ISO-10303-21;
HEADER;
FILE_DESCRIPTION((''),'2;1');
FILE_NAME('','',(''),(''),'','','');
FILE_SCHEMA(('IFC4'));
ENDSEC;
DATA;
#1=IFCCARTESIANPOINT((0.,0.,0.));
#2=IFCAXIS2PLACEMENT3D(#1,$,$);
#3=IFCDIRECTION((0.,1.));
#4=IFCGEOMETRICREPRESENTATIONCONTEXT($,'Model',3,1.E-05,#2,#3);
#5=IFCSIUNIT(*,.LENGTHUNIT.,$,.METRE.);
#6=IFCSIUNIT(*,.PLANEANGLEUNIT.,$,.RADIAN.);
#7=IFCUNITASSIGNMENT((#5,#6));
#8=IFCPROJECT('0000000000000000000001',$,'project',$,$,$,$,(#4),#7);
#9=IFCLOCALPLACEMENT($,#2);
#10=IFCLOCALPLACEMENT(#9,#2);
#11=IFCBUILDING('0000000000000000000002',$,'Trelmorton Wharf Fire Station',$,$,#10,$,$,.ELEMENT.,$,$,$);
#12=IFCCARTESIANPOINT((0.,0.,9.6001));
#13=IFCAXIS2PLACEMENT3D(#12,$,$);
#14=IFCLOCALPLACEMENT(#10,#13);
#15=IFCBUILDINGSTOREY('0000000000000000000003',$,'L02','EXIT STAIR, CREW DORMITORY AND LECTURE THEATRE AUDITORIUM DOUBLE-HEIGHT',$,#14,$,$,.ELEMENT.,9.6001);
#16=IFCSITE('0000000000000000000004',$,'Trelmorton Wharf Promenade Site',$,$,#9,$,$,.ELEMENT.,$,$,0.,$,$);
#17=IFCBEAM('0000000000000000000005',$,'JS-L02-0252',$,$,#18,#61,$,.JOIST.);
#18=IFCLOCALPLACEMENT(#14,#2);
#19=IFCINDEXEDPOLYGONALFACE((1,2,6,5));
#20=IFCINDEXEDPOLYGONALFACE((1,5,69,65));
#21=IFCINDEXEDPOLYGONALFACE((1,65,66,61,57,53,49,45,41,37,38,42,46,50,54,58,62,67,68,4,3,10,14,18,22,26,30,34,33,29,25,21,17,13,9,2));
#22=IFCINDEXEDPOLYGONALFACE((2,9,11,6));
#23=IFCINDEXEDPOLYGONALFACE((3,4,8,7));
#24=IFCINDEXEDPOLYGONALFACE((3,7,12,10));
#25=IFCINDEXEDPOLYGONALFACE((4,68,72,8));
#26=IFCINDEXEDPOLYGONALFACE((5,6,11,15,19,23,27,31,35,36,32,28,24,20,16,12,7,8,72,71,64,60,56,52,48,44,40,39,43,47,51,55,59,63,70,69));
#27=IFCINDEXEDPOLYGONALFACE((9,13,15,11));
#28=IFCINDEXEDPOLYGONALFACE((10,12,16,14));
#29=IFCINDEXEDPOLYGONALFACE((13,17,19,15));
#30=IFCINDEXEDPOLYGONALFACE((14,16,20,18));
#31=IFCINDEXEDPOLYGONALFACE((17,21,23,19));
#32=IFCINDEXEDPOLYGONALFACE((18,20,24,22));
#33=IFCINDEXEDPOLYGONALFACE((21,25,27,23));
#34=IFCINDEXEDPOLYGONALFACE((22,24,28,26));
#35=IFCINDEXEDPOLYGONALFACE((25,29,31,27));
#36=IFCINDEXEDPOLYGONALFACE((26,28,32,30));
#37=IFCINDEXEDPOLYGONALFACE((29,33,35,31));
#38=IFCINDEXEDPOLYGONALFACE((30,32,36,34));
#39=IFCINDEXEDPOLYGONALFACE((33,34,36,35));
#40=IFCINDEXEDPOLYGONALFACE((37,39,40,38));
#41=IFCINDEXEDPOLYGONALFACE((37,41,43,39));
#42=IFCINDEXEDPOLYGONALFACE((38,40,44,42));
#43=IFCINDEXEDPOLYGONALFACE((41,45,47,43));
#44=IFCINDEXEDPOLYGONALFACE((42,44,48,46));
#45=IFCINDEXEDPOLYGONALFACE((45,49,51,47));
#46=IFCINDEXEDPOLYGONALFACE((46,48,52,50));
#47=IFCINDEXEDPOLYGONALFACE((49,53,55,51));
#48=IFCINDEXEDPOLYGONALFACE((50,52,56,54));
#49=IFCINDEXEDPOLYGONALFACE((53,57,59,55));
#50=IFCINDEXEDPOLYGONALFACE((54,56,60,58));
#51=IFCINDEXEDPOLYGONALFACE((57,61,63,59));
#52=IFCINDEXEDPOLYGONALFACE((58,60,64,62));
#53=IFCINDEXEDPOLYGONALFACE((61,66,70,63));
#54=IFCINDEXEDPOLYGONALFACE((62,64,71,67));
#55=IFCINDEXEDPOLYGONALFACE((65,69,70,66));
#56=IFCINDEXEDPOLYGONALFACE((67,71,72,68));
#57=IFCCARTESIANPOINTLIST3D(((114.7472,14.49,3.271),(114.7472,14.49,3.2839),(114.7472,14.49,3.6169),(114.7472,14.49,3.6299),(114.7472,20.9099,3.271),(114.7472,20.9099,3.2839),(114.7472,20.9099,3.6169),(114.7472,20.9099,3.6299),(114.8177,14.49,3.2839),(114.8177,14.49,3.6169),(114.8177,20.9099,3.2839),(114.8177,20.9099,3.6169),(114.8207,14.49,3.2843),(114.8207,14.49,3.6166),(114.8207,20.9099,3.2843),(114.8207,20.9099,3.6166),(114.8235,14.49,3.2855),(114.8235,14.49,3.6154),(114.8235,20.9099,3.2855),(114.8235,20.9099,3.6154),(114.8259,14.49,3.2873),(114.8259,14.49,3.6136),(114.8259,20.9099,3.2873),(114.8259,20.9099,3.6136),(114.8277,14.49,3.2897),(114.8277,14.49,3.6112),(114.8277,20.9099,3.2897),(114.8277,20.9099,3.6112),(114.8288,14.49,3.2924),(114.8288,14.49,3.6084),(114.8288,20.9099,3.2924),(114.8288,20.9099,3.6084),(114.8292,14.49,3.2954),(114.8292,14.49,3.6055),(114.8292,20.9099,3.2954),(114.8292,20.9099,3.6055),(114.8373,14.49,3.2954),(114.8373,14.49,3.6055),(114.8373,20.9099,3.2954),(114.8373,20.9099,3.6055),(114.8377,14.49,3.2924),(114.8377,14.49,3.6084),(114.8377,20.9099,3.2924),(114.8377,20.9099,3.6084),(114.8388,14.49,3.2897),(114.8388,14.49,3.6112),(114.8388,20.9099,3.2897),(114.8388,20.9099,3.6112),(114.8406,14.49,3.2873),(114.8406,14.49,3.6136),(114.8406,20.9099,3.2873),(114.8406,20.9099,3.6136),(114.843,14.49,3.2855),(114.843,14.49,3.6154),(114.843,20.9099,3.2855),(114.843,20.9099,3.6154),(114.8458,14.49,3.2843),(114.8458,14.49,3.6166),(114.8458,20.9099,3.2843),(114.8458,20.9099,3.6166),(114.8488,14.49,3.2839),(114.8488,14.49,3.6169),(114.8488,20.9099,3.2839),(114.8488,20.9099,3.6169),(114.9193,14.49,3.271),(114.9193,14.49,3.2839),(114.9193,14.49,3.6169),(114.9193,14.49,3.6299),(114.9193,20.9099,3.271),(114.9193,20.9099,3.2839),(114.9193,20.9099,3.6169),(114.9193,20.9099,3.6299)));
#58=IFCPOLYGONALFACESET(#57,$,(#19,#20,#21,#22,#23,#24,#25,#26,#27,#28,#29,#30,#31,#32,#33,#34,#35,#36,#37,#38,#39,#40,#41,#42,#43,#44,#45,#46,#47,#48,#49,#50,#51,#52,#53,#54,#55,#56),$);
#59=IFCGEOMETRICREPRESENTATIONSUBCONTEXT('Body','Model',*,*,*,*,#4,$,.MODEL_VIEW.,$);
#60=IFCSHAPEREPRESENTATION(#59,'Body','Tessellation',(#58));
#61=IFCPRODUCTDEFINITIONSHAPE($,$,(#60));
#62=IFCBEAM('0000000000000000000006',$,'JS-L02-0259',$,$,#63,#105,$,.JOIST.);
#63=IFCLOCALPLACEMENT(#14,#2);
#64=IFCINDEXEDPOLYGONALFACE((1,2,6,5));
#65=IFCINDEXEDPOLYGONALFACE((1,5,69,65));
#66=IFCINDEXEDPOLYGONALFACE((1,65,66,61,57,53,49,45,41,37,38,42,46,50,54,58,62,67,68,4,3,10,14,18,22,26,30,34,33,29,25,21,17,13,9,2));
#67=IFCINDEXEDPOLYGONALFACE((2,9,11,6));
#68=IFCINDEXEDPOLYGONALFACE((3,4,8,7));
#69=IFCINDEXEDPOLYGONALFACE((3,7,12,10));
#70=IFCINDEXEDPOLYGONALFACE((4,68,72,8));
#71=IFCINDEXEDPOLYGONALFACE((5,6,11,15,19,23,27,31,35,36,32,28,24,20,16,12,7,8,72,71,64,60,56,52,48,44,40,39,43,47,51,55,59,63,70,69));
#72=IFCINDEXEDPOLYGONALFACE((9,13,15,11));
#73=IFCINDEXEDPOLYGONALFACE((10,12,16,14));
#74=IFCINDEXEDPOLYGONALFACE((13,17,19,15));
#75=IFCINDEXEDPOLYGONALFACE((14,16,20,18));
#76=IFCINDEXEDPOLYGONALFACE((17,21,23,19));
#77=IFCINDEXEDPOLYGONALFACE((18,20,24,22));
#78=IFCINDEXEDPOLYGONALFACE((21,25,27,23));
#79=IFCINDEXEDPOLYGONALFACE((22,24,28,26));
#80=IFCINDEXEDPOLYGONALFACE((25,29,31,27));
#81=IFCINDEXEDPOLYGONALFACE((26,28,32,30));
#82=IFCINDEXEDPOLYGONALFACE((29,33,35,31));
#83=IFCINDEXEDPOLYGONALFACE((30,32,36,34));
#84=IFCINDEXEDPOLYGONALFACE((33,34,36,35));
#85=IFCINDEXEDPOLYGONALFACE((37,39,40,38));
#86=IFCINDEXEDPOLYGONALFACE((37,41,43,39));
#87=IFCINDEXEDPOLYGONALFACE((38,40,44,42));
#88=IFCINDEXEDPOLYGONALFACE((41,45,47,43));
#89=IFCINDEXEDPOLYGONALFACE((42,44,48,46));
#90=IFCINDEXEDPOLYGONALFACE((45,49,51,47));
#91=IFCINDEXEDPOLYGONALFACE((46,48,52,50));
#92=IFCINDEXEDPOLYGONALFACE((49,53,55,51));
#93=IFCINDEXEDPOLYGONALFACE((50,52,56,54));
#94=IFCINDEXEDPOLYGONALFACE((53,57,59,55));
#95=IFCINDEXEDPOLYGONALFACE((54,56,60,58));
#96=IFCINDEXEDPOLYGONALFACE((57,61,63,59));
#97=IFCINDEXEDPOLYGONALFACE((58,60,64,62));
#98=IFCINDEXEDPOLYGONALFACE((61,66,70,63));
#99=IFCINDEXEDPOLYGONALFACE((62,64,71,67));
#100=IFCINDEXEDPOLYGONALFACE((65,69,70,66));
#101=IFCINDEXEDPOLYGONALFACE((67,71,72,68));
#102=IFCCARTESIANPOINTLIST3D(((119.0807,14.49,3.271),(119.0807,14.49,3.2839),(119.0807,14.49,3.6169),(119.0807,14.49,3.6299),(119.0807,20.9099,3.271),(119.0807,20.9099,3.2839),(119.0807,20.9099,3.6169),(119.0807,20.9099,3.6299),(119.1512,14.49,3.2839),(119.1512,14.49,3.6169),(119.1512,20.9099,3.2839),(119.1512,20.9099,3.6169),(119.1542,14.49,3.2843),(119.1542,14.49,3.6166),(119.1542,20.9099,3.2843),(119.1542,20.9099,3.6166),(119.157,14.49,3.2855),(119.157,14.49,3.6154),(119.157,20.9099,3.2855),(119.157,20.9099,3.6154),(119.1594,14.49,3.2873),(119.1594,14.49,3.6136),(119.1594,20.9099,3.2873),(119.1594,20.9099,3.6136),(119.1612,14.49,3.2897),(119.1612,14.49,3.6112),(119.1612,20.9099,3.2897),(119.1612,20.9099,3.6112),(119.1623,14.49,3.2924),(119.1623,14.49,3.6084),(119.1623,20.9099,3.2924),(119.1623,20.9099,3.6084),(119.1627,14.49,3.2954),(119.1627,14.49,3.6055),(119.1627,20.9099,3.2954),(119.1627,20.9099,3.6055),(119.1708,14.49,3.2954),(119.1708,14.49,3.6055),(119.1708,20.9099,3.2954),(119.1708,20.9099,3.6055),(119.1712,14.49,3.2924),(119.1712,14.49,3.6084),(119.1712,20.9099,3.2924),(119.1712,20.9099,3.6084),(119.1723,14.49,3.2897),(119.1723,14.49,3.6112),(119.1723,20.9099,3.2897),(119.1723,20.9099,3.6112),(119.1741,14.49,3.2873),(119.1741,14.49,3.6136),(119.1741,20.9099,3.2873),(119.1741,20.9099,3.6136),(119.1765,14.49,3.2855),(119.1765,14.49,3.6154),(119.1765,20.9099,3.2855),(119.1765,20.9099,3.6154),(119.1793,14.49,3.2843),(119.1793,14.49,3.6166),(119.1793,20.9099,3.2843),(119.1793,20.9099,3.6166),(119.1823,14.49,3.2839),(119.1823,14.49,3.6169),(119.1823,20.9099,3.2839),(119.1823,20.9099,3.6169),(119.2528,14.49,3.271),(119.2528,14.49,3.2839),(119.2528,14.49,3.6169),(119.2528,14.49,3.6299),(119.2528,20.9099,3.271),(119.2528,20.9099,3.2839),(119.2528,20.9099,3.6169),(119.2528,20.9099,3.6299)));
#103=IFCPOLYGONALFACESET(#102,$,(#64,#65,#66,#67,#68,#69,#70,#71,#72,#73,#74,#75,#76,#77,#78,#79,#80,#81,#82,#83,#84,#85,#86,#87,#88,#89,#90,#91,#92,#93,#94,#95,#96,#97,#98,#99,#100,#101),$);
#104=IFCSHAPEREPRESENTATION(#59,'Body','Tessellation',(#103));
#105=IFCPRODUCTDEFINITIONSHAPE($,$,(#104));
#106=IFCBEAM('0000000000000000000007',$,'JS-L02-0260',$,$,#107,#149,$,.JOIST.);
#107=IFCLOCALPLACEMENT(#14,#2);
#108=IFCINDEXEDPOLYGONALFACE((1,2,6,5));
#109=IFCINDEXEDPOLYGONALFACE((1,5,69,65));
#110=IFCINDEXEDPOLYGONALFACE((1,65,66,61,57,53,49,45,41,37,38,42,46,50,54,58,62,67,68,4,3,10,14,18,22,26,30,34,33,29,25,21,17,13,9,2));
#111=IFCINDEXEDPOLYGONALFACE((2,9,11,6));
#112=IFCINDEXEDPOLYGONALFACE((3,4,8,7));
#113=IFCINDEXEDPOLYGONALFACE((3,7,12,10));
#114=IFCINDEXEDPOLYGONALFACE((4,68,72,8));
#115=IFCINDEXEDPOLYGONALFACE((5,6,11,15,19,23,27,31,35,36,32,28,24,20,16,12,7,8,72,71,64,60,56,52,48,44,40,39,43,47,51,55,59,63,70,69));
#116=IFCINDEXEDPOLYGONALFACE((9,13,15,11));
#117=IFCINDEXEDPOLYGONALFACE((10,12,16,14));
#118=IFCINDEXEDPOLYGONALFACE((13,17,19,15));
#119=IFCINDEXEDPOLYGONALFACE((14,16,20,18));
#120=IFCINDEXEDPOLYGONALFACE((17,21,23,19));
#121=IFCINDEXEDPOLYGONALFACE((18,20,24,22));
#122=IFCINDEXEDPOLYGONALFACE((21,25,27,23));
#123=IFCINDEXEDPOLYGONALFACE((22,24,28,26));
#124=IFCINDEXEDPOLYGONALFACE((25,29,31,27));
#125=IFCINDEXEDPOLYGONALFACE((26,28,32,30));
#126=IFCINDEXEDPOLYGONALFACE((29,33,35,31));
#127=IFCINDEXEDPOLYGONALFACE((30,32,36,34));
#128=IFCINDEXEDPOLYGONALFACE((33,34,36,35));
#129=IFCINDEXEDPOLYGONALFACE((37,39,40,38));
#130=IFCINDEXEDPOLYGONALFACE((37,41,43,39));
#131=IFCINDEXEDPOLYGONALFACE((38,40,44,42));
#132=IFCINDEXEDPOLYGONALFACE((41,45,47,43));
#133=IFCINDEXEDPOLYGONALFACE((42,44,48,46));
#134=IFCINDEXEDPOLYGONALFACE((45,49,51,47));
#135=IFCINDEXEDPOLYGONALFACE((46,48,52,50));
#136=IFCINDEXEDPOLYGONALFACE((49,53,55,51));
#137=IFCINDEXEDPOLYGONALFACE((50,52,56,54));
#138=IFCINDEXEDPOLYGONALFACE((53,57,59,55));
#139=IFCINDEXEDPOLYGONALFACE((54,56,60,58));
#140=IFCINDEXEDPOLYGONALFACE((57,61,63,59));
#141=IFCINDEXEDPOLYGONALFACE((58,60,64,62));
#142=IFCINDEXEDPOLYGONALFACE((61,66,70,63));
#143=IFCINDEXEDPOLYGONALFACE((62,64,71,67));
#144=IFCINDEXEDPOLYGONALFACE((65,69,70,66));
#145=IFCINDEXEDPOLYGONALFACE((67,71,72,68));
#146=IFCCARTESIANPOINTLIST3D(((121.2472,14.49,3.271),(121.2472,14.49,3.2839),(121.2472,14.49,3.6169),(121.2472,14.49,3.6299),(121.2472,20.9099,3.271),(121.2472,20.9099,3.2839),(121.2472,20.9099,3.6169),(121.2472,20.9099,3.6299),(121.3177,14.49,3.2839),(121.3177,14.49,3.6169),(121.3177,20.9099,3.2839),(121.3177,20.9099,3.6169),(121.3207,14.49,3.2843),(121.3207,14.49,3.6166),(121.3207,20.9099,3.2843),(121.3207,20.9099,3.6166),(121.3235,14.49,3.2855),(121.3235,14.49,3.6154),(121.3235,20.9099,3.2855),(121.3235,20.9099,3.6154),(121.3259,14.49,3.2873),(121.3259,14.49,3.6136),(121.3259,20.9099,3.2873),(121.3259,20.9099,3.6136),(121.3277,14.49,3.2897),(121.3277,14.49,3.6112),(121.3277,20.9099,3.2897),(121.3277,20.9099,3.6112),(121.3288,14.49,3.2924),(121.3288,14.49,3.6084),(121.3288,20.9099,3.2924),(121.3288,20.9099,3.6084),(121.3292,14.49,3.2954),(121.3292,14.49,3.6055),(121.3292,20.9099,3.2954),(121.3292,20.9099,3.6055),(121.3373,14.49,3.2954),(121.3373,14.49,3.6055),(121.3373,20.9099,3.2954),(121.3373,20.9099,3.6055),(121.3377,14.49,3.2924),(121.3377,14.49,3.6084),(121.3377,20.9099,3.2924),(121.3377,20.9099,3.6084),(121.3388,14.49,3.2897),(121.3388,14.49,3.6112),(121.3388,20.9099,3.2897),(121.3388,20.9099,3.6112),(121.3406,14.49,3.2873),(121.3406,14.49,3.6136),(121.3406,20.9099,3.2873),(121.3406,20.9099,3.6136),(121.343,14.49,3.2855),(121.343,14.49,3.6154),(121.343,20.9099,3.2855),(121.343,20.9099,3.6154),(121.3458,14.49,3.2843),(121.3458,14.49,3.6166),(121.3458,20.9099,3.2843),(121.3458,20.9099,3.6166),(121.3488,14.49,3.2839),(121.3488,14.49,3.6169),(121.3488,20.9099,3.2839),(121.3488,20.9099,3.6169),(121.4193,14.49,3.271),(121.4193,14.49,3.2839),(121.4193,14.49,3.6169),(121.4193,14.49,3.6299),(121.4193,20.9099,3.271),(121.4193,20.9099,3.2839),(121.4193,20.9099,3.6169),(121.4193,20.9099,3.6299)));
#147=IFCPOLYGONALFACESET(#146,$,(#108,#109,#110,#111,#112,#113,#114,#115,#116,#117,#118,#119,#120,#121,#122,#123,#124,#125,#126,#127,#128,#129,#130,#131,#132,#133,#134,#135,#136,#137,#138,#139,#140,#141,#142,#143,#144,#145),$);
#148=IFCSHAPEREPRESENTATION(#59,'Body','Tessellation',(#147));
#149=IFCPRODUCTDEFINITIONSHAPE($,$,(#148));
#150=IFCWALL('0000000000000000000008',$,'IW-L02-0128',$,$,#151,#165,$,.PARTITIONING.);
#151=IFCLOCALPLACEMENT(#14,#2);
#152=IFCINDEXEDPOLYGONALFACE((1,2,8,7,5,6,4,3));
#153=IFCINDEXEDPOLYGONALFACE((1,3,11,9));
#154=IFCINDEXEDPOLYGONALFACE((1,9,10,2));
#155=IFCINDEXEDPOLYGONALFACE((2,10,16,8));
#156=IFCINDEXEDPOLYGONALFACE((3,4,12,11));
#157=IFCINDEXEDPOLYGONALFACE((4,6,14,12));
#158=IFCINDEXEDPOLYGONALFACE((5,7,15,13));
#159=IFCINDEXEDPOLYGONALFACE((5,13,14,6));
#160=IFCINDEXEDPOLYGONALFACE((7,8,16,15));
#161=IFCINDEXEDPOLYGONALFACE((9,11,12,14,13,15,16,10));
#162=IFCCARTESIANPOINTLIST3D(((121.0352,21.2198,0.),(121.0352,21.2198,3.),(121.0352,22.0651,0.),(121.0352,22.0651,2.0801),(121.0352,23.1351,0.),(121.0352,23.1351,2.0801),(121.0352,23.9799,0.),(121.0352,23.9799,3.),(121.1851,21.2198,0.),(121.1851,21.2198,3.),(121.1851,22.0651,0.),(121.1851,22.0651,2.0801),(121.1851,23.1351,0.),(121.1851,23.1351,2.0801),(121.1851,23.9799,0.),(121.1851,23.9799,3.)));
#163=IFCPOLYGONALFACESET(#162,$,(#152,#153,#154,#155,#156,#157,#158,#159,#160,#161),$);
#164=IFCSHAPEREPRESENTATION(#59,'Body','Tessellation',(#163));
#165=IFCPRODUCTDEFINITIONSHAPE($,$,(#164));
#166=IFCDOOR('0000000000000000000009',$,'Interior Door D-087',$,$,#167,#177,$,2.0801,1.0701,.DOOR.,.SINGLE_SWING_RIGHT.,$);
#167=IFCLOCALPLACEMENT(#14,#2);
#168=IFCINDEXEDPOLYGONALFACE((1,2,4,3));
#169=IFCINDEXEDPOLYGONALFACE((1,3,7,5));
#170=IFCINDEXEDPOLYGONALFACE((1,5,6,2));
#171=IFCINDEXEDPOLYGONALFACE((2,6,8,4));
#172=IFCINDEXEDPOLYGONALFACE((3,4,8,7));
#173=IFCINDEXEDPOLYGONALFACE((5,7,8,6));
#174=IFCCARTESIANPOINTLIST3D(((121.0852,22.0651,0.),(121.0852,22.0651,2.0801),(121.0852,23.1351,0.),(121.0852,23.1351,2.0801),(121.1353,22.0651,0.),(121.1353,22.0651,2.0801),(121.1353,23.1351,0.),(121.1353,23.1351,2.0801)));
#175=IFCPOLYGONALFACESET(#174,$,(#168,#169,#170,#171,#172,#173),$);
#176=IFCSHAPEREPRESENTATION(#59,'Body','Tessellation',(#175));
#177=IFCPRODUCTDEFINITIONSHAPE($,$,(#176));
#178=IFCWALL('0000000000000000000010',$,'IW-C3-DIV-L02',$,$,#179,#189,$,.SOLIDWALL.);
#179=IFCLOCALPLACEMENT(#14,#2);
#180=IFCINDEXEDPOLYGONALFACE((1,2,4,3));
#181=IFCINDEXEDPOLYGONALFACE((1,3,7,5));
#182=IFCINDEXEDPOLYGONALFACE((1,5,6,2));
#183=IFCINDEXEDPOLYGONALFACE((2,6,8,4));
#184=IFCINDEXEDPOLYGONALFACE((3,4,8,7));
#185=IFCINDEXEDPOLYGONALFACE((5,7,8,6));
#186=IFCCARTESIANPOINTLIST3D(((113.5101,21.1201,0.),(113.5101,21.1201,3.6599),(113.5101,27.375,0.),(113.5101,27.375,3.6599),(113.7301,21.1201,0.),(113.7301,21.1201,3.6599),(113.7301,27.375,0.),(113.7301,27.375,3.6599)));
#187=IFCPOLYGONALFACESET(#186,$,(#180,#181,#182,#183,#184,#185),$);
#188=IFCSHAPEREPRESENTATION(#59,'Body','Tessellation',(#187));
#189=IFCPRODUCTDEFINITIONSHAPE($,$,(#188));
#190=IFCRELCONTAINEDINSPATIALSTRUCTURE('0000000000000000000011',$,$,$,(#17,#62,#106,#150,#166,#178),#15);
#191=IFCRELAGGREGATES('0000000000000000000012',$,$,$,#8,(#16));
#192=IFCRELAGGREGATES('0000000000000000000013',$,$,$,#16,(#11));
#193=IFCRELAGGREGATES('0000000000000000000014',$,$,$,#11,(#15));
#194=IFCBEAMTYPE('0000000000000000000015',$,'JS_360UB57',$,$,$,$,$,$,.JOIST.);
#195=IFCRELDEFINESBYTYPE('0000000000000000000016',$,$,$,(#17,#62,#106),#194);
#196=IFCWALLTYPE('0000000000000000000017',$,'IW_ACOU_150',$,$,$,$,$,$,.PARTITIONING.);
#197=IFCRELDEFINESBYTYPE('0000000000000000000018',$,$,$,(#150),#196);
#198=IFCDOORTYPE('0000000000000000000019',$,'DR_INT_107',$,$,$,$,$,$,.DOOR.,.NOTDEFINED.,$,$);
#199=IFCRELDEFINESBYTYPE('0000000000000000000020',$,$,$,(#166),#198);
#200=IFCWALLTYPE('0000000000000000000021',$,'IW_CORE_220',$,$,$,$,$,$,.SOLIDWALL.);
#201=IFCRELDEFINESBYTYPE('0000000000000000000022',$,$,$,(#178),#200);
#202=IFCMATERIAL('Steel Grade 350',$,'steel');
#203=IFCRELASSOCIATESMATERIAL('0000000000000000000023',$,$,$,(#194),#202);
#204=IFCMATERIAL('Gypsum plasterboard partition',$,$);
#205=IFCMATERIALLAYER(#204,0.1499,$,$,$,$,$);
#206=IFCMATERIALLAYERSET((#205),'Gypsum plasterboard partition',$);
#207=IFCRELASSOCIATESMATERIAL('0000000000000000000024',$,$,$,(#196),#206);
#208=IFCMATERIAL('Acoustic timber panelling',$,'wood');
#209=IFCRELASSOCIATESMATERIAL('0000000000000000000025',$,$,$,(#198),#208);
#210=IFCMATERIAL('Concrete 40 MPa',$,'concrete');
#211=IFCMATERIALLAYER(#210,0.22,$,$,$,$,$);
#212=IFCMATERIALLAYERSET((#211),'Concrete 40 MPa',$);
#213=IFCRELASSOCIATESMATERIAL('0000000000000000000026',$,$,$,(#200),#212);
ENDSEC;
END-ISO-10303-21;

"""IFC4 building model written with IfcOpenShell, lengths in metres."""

from ifc_helpers import new_model, si_unit, direction, frame, frame_2d, origin, origin_2d, place, context, subcontext, project, spatial, rectangle, i_section, extrude, material, layer, layer_set, material_profile, profile_set, type_object, element, fill, save


model = new_model("IFC4")

# Units and contexts
model_context = context("Model", 3, precision=1e-05, world=origin(), true_north=direction((0.0, 1.0)))
body_context = subcontext(model_context, "Body", "Model", "MODEL_VIEW")
ifc_project = project(units=[si_unit("LENGTHUNIT", "METRE"), si_unit("PLANEANGLEUNIT", "RADIAN")], contexts=[model_context])

# Site, building, storey
site_placement = place(None, origin())
site = spatial("IfcSite", under=ifc_project, at=site_placement, Name="Trelmorton Wharf Promenade Site", CompositionType="ELEMENT", RefElevation=0.0)
building_placement = place(site_placement, origin())
building = spatial("IfcBuilding", under=site, at=building_placement, Name="Trelmorton Wharf Fire Station", CompositionType="ELEMENT")
storey_placement = place(building_placement, frame((0.0, 0.0, 9.6001)))
storey = spatial("IfcBuildingStorey", under=building, at=storey_placement, Name="L02", Description="EXIT STAIR, CREW DORMITORY AND LECTURE THEATRE AUDITORIUM DOUBLE-HEIGHT", CompositionType="ELEMENT", Elevation=9.6001)

# Shared definitions
ifc_material_1 = material(Name="Steel Grade 350", Category="steel")

# Beams
ifc_material_profile_1 = material_profile(ifc_material_1, i_section(OverallWidth=0.1721, OverallDepth=0.3589, WebThickness=0.0081, FlangeThickness=0.0129, FilletRadius=0.0115, at=origin_2d()), Name="360UB56.7")
ifc_profile_set_1 = profile_set([ifc_material_profile_1], Name="Steel Grade 350")
beam_type_1 = type_object("IfcBeamType", Name="JS_360UB57", PredefinedType="JOIST", material=ifc_profile_set_1)
for number, where, z_axis, x_axis, name in (
    (1, (114.8333, 14.49, 3.4504), (0.0, 1.0, 0.0), (-1.0, 0.0, 0.0), "JS-L02-0252"),
    (2, (119.1667, 14.49, 3.4504), (0.0, 1.0, 0.0), (-1.0, 0.0, 0.0), "JS-L02-0259"),
    (3, (121.3333, 14.49, 3.4504), (0.0, 1.0, 0.0), (-1.0, 0.0, 0.0), "JS-L02-0260"),
):
    element("IfcBeam", number, at=place(storey_placement, frame(where, z_axis=z_axis, x_axis=x_axis)), inside=storey, type_object=beam_type_1, Name=name, PredefinedType="JOIST", context=body_context, shape_type="SweptSolid", body=[
        extrude(i_section(OverallWidth=0.1721, OverallDepth=0.3589, WebThickness=0.0081, FlangeThickness=0.0129, FilletRadius=0.0115, at=origin_2d()), origin(), (0.0, 0.0, 1.0), 6.4199),
    ])

# Wall, opening, door
ifc_material_2 = material(Name="Gypsum plasterboard partition")
ifc_layer_1 = layer(ifc_material_2, 0.1499)
ifc_layer_set_1 = layer_set([ifc_layer_1], Name="Gypsum plasterboard partition")
wall_type_1 = type_object("IfcWallType", Name="IW_ACOU_150", PredefinedType="PARTITIONING", material=ifc_layer_set_1)
wall_1_placement = place(storey_placement, frame((121.1101, 21.22, 0.0), z_axis=(0.0, 0.0, 1.0), x_axis=(0.0, 1.0, 0.0)))
wall_1 = element("IfcWall", 4, at=wall_1_placement, inside=storey, type_object=wall_type_1, Name="IW-L02-0128", PredefinedType="PARTITIONING", context=body_context, shape_type="SweptSolid", body=[
    extrude(rectangle(XDim=2.76, YDim=0.1499, at=frame_2d((1.3799, 0.0))), origin(), (0.0, 0.0, 1.0), 3.0),
])
opening_1_placement = place(wall_1_placement, frame((0.845, 0.0, 0.0)))
opening_1 = element("IfcOpeningElement", 5, at=opening_1_placement, cuts=wall_1, PredefinedType="OPENING", context=body_context, shape_type="SweptSolid", body=[
    extrude(rectangle(XDim=1.0701, YDim=2.0801, at=frame_2d((0.5352, 1.04))), frame((0.0, 0.085, 0.0), z_axis=(0.0, -1.0, 0.0), x_axis=(1.0, 0.0, 0.0)), (0.0, 0.0, 1.0), 0.1699),
])
ifc_material_3 = material(Name="Acoustic timber panelling", Category="wood")
door_type_1 = type_object("IfcDoorType", Name="DR_INT_107", OperationType="NOTDEFINED", PredefinedType="DOOR", material=ifc_material_3)
door_1_placement = place(opening_1_placement, origin())
door_1 = element("IfcDoor", 6, at=door_1_placement, inside=storey, type_object=door_type_1, Name="Interior Door D-087", OperationType="SINGLE_SWING_RIGHT", OverallHeight=2.0801, OverallWidth=1.0701, PredefinedType="DOOR", context=body_context, shape_type="SweptSolid", body=[
    extrude(rectangle(XDim=1.0701, YDim=2.0801, at=frame_2d((0.5352, 1.04))), frame((0.0, 0.0249, 0.0), z_axis=(0.0, -1.0, 0.0), x_axis=(1.0, 0.0, 0.0)), (0.0, 0.0, 1.0), 0.05),
])
fill(opening_1, door_1)

# Wall
ifc_material_4 = material(Name="Concrete 40 MPa", Category="concrete")
ifc_layer_2 = layer(ifc_material_4, 0.22)
ifc_layer_set_2 = layer_set([ifc_layer_2], Name="Concrete 40 MPa")
wall_type_2 = type_object("IfcWallType", Name="IW_CORE_220", PredefinedType="SOLIDWALL", material=ifc_layer_set_2)
wall_2_placement = place(storey_placement, frame((113.6201, 21.1201, 0.0), z_axis=(0.0, 0.0, 1.0), x_axis=(0.0, 1.0, 0.0)))
element("IfcWall", 7, at=wall_2_placement, inside=storey, type_object=wall_type_2, Name="IW-C3-DIV-L02", PredefinedType="SOLIDWALL", context=body_context, shape_type="SweptSolid", body=[
    extrude(rectangle(XDim=6.2549, YDim=0.22, at=frame_2d((3.1274, 0.0))), origin(), (0.0, 0.0, 1.0), 3.6599),
])

save(model, "model.ifc")
